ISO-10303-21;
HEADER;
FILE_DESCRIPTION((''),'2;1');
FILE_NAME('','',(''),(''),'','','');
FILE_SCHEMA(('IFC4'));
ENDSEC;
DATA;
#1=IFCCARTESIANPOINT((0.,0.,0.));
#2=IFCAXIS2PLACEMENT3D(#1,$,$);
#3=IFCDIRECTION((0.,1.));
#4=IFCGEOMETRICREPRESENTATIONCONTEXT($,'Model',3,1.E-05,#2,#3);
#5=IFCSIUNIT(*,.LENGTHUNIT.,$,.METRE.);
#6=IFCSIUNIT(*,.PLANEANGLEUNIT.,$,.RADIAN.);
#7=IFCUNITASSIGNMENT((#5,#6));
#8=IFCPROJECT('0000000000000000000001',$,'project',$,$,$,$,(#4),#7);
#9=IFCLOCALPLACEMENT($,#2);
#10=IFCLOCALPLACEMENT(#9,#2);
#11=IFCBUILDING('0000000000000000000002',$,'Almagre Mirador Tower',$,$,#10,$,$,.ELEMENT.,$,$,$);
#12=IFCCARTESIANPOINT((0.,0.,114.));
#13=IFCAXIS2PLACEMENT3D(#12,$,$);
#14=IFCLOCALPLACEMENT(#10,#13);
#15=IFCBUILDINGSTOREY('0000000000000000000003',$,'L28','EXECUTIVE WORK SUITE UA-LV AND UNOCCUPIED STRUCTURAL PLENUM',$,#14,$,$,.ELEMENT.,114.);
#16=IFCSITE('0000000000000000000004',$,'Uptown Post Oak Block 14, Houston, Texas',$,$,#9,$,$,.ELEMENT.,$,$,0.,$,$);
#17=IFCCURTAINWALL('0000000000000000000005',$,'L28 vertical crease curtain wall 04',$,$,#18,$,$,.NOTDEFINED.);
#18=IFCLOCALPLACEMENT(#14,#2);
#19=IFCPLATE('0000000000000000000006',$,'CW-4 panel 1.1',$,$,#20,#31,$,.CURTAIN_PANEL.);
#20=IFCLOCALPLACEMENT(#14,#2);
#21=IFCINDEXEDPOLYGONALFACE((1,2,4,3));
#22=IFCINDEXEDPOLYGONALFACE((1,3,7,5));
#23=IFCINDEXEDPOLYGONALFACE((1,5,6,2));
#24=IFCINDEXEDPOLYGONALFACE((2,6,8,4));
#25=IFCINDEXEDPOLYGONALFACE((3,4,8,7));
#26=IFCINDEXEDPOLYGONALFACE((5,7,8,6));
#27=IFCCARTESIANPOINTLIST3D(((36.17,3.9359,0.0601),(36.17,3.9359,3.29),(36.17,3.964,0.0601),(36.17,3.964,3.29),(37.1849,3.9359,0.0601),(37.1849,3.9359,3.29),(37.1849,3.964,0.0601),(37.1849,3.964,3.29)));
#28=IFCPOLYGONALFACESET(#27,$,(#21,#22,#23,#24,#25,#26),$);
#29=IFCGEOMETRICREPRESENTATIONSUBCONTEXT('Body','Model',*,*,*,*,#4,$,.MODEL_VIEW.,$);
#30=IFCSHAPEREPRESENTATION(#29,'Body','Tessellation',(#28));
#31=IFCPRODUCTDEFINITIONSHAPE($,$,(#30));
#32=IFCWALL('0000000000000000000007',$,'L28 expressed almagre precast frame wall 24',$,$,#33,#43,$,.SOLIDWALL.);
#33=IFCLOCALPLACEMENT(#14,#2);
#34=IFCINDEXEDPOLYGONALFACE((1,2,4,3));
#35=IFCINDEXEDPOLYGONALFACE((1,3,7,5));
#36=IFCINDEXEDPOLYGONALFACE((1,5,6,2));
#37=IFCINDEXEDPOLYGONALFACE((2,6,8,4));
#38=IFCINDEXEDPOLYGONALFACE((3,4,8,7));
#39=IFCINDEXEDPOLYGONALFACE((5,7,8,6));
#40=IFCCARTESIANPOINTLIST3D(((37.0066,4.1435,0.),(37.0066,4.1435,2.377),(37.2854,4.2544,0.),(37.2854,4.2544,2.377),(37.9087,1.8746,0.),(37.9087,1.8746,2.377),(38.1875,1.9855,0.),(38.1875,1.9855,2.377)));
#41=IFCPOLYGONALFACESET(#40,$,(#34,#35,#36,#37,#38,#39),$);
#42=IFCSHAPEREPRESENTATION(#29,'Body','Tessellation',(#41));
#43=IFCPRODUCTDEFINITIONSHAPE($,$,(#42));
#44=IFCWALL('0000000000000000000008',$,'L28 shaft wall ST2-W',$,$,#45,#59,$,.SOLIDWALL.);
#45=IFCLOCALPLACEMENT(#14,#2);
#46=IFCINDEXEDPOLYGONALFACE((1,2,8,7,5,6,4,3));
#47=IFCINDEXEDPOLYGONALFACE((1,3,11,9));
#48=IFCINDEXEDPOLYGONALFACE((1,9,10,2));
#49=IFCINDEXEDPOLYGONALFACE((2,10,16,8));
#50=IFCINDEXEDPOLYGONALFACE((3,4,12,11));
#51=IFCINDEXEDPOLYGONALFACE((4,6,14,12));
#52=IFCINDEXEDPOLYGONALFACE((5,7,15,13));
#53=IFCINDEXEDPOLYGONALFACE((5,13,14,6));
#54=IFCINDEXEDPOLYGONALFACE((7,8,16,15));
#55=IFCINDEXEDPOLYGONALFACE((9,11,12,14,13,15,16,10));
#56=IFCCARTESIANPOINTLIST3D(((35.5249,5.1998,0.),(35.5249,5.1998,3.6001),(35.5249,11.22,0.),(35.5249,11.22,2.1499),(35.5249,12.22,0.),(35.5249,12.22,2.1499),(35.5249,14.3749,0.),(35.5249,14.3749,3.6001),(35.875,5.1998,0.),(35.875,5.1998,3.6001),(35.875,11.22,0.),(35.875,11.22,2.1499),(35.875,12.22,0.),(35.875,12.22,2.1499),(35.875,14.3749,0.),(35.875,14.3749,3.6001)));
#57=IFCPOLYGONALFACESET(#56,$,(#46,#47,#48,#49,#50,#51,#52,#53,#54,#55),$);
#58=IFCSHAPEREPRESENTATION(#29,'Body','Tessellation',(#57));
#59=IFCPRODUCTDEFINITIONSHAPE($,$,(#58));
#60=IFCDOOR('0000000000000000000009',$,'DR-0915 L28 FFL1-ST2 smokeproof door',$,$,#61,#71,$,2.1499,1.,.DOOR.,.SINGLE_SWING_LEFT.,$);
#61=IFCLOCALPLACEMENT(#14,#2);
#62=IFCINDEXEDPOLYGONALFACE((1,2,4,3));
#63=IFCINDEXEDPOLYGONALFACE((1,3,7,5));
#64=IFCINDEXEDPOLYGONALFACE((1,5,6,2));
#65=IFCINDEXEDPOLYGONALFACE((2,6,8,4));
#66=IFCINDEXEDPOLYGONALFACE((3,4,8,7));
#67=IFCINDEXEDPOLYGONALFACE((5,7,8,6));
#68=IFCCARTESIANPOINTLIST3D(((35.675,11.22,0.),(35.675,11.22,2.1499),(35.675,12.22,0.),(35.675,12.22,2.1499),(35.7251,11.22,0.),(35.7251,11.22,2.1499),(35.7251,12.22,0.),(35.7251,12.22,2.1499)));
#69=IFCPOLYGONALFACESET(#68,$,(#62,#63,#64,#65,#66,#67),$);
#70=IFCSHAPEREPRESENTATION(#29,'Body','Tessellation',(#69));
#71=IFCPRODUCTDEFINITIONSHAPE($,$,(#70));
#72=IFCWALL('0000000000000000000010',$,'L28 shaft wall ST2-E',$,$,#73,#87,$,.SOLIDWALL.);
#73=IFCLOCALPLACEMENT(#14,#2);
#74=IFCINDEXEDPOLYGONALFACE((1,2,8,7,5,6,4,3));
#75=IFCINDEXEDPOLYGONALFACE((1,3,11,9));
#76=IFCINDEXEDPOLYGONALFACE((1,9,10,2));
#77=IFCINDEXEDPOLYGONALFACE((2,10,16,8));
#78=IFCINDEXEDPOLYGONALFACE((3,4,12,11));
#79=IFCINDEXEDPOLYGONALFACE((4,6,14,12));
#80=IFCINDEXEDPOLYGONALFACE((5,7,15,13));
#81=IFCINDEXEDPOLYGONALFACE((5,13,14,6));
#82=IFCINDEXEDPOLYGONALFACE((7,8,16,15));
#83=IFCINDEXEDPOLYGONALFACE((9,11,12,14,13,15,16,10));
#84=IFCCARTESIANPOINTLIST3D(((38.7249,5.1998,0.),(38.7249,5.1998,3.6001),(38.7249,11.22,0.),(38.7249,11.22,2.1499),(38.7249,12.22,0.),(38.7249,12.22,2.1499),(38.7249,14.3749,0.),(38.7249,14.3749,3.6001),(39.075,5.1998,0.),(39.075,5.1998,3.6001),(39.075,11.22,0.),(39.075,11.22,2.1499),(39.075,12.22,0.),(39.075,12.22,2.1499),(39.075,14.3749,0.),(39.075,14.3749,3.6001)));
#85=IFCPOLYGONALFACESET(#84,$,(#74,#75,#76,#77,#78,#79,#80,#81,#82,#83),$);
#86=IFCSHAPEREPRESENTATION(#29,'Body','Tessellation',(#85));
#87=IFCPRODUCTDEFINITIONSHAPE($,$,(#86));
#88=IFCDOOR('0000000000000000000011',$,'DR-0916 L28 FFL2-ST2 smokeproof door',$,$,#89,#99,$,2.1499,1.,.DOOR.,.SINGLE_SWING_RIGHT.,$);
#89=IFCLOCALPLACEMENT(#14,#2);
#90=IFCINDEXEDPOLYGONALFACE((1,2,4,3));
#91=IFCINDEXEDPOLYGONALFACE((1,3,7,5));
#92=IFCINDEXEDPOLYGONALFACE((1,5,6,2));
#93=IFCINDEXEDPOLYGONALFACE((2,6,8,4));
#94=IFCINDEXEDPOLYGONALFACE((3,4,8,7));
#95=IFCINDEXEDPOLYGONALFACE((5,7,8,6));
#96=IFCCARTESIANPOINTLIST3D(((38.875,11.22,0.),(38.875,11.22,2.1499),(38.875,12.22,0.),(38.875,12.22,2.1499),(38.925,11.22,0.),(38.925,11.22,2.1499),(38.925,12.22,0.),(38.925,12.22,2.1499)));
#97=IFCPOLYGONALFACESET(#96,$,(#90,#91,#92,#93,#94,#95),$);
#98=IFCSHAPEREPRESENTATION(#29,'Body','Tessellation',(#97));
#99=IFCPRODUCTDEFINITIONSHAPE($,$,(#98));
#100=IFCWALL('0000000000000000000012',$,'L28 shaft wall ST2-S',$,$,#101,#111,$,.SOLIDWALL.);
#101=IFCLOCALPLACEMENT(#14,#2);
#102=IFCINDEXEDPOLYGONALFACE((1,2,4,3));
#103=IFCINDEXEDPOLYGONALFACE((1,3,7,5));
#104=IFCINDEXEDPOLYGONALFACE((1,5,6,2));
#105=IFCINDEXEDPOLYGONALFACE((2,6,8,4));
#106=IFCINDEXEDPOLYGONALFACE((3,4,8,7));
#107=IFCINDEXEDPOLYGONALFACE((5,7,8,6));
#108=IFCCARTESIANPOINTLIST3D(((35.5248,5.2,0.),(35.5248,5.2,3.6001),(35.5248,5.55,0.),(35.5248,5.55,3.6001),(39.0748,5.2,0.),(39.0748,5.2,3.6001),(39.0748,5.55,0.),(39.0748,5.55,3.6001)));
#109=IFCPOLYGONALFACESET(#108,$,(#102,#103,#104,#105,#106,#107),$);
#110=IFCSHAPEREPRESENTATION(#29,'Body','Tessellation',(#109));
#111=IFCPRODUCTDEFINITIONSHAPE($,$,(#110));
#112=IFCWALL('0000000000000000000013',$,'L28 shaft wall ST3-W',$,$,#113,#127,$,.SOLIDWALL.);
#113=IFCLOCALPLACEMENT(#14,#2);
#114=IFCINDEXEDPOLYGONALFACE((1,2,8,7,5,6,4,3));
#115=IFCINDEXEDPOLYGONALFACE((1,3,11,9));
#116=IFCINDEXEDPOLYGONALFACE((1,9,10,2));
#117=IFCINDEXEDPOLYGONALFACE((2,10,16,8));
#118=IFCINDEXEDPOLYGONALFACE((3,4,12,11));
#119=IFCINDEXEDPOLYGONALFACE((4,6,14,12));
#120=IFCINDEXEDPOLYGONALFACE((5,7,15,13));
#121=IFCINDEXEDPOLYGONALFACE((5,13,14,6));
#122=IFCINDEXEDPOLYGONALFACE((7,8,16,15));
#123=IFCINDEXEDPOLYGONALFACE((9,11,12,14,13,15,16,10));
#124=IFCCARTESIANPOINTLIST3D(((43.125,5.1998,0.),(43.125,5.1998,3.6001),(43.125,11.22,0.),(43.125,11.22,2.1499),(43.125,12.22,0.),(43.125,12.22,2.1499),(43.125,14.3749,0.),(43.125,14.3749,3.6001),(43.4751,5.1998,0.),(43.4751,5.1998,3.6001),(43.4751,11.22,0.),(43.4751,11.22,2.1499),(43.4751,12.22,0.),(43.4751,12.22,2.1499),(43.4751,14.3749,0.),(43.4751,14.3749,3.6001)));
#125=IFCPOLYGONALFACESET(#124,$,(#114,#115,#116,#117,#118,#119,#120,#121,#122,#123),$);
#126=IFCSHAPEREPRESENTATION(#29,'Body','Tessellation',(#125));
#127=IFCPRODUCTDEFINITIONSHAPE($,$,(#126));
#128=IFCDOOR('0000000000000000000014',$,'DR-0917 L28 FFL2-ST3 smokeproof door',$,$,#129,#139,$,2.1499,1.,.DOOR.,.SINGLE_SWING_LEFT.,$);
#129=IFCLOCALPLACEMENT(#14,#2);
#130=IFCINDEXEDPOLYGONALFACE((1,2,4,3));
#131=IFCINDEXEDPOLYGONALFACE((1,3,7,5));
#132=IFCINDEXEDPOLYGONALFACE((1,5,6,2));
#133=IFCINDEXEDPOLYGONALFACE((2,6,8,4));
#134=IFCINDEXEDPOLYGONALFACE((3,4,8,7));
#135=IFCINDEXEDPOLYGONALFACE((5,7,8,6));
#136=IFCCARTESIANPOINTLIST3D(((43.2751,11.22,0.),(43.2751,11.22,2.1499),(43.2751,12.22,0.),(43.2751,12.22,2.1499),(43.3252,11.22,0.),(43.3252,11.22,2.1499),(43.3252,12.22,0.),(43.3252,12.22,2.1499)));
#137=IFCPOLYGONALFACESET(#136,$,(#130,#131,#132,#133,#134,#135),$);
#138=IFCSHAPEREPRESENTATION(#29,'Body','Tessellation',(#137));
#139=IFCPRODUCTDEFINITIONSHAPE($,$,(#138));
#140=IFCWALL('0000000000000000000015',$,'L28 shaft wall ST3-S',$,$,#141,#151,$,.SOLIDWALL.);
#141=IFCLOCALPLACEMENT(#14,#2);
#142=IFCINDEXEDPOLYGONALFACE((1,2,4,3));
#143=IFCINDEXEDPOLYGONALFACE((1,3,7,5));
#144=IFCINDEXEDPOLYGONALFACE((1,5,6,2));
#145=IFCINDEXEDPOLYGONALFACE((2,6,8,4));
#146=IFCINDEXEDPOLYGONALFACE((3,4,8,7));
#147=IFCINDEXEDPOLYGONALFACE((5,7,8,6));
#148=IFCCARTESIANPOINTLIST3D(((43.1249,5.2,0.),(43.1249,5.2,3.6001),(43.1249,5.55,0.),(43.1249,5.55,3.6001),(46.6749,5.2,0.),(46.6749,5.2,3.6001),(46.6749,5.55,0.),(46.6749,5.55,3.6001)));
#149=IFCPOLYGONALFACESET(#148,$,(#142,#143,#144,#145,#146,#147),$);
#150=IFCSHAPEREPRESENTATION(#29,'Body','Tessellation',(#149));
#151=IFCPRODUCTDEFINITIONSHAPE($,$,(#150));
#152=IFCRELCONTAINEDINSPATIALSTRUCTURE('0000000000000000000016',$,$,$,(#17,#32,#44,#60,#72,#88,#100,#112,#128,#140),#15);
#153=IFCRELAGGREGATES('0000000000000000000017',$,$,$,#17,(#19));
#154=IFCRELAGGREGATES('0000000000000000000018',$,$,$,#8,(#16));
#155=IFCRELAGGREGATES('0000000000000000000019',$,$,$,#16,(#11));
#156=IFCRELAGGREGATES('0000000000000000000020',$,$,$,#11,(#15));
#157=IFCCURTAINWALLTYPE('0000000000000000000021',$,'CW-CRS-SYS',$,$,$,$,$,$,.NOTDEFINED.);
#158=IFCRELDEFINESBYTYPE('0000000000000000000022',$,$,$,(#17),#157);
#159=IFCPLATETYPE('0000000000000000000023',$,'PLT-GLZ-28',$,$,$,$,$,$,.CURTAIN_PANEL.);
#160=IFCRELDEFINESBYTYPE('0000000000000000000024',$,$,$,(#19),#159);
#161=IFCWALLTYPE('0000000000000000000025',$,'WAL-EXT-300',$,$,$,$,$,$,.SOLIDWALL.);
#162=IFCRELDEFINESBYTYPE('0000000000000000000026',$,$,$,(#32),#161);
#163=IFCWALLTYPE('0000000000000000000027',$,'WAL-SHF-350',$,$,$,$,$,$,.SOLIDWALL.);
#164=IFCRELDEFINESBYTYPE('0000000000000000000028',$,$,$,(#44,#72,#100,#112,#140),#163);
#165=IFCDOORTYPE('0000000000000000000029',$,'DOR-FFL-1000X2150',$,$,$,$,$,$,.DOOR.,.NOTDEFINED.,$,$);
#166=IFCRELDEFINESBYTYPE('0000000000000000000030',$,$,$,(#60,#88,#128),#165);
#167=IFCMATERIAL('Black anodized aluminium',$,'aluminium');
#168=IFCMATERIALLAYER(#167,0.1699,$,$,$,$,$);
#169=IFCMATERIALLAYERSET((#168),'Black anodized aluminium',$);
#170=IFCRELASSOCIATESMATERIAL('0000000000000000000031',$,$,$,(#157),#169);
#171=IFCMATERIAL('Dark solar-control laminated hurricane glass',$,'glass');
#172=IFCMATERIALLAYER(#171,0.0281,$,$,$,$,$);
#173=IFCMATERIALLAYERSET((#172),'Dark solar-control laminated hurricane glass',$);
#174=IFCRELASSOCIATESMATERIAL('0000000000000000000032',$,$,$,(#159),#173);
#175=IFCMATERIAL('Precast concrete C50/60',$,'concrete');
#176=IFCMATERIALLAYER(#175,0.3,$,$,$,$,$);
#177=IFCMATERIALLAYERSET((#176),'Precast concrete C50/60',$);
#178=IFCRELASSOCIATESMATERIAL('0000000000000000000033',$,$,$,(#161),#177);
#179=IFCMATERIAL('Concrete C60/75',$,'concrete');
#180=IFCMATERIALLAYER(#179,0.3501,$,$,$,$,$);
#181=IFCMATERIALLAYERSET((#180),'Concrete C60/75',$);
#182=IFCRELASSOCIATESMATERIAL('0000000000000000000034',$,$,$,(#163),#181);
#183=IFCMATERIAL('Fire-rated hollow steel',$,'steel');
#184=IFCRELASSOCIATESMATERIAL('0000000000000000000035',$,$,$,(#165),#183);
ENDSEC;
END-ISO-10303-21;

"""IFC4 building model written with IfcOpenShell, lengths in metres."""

from ifc_helpers import new_model, si_unit, direction, frame, frame_2d, origin, origin_2d, place, context, subcontext, project, spatial, rectangle, extrude, material, layer, layer_set, type_object, element, fill, aggregate, save


model = new_model("IFC4")

# Units and contexts
model_context = context("Model", 3, precision=1e-05, world=origin(), true_north=direction((0.0, 1.0)))
body_context = subcontext(model_context, "Body", "Model", "MODEL_VIEW")
ifc_project = project(units=[si_unit("LENGTHUNIT", "METRE"), si_unit("PLANEANGLEUNIT", "RADIAN")], contexts=[model_context])

# Site, building, storey
site_placement = place(None, origin())
site = spatial("IfcSite", under=ifc_project, at=site_placement, Name="Uptown Post Oak Block 14, Houston, Texas", CompositionType="ELEMENT", RefElevation=0.0)
building_placement = place(site_placement, origin())
building = spatial("IfcBuilding", under=site, at=building_placement, Name="Almagre Mirador Tower", CompositionType="ELEMENT")
storey_placement = place(building_placement, frame((0.0, 0.0, 114.0)))
storey = spatial("IfcBuildingStorey", under=building, at=storey_placement, Name="L28", Description="EXECUTIVE WORK SUITE UA-LV AND UNOCCUPIED STRUCTURAL PLENUM", CompositionType="ELEMENT", Elevation=114.0)

# Curtain wall, plate
ifc_material_1 = material(Name="Black anodized aluminium", Category="aluminium")
ifc_layer_1 = layer(ifc_material_1, 0.1699)
ifc_layer_set_1 = layer_set([ifc_layer_1], Name="Black anodized aluminium")
curtain_wall_type = type_object("IfcCurtainWallType", Name="CW-CRS-SYS", PredefinedType="NOTDEFINED", material=ifc_layer_set_1)
curtain_wall_placement = place(storey_placement, origin())
curtain_wall = element("IfcCurtainWall", 1, at=curtain_wall_placement, inside=storey, type_object=curtain_wall_type, Name="L28 vertical crease curtain wall 04", PredefinedType="NOTDEFINED")
ifc_material_2 = material(Name="Dark solar-control laminated hurricane glass", Category="glass")
ifc_layer_2 = layer(ifc_material_2, 0.0281)
ifc_layer_set_2 = layer_set([ifc_layer_2], Name="Dark solar-control laminated hurricane glass")
plate_type = type_object("IfcPlateType", Name="PLT-GLZ-28", PredefinedType="CURTAIN_PANEL", material=ifc_layer_set_2)
plate_placement = place(storey_placement, frame((36.6775, 3.95, 0.0601), z_axis=(0.0, 0.0, 1.0), x_axis=(-1.0, 0.0, 0.0)))
plate = element("IfcPlate", 2, at=plate_placement, type_object=plate_type, Name="CW-4 panel 1.1", PredefinedType="CURTAIN_PANEL", context=body_context, shape_type="SweptSolid", body=[
    extrude(rectangle(XDim=1.0149, YDim=0.0281, at=origin_2d()), origin(), (0.0, 0.0, 1.0), 3.23),
])
aggregate(curtain_wall, [plate])

# Wall
ifc_material_3 = material(Name="Precast concrete C50/60", Category="concrete")
ifc_layer_3 = layer(ifc_material_3, 0.3)
ifc_layer_set_3 = layer_set([ifc_layer_3], Name="Precast concrete C50/60")
wall_type_1 = type_object("IfcWallType", Name="WAL-EXT-300", PredefinedType="SOLIDWALL", material=ifc_layer_set_3)
wall_1_placement = place(storey_placement, frame((38.0481, 1.9302, 0.0), z_axis=(0.0, 0.0, 1.0), x_axis=(-0.369476, 0.92924, 0.0)))
element("IfcWall", 3, at=wall_1_placement, inside=storey, type_object=wall_type_1, Name="L28 expressed almagre precast frame wall 24", PredefinedType="SOLIDWALL", context=body_context, shape_type="SweptSolid", body=[
    extrude(rectangle(XDim=2.4417, YDim=0.3, at=frame_2d((1.2207, 0.0))), origin(), (0.0, 0.0, 1.0), 2.377),
])

# Walls, openings, doors
ifc_material_4 = material(Name="Concrete C60/75", Category="concrete")
ifc_layer_4 = layer(ifc_material_4, 0.3501)
ifc_layer_set_4 = layer_set([ifc_layer_4], Name="Concrete C60/75")
wall_type_2 = type_object("IfcWallType", Name="WAL-SHF-350", PredefinedType="SOLIDWALL", material=ifc_layer_set_4)
wall_2_placement = place(storey_placement, frame((35.7, 5.2, 0.0), z_axis=(0.0, 0.0, 1.0), x_axis=(0.0, 1.0, 0.0)))
wall_2 = element("IfcWall", 4, at=wall_2_placement, inside=storey, type_object=wall_type_2, Name="L28 shaft wall ST2-W", PredefinedType="SOLIDWALL", context=body_context, shape_type="SweptSolid", body=[
    extrude(rectangle(XDim=9.175, YDim=0.3501, at=frame_2d((4.5874, 0.0))), origin(), (0.0, 0.0, 1.0), 3.6001),
])
opening_1_placement = place(wall_2_placement, frame((6.02, 0.0, 0.0)))
opening_1 = element("IfcOpeningElement", 5, at=opening_1_placement, cuts=wall_2, PredefinedType="OPENING", context=body_context, shape_type="SweptSolid", body=[
    extrude(rectangle(XDim=1.0, YDim=2.1499, at=frame_2d((0.5, 1.075))), frame((0.0, 0.185, 0.0), z_axis=(0.0, -1.0, 0.0), x_axis=(1.0, 0.0, 0.0)), (0.0, 0.0, 1.0), 0.3701),
])
ifc_material_5 = material(Name="Fire-rated hollow steel", Category="steel")
door_type_1 = type_object("IfcDoorType", Name="DOR-FFL-1000X2150", OperationType="NOTDEFINED", PredefinedType="DOOR", material=ifc_material_5)
door_1_placement = place(opening_1_placement, origin())
door_1 = element("IfcDoor", 6, at=door_1_placement, inside=storey, type_object=door_type_1, Name="DR-0915 L28 FFL1-ST2 smokeproof door", OperationType="SINGLE_SWING_LEFT", OverallHeight=2.1499, OverallWidth=1.0, PredefinedType="DOOR", context=body_context, shape_type="SweptSolid", body=[
    extrude(rectangle(XDim=1.0, YDim=2.1499, at=frame_2d((0.5, 1.075))), frame((0.0, 0.0249, 0.0), z_axis=(0.0, -1.0, 0.0), x_axis=(1.0, 0.0, 0.0)), (0.0, 0.0, 1.0), 0.05),
])
fill(opening_1, door_1)
wall_3_placement = place(storey_placement, frame((38.8999, 5.2, 0.0), z_axis=(0.0, 0.0, 1.0), x_axis=(0.0, 1.0, 0.0)))
wall_3 = element("IfcWall", 7, at=wall_3_placement, inside=storey, type_object=wall_type_2, Name="L28 shaft wall ST2-E", PredefinedType="SOLIDWALL", context=body_context, shape_type="SweptSolid", body=[
    extrude(rectangle(XDim=9.175, YDim=0.3501, at=frame_2d((4.5874, 0.0))), origin(), (0.0, 0.0, 1.0), 3.6001),
])
opening_2_placement = place(wall_3_placement, frame((6.02, 0.0, 0.0)))
opening_2 = element("IfcOpeningElement", 8, at=opening_2_placement, cuts=wall_3, PredefinedType="OPENING", context=body_context, shape_type="SweptSolid", body=[
    extrude(rectangle(XDim=1.0, YDim=2.1499, at=frame_2d((0.5, 1.075))), frame((0.0, 0.185, 0.0), z_axis=(0.0, -1.0, 0.0), x_axis=(1.0, 0.0, 0.0)), (0.0, 0.0, 1.0), 0.3701),
])
door_2_placement = place(opening_2_placement, origin())
door_2 = element("IfcDoor", 9, at=door_2_placement, inside=storey, type_object=door_type_1, Name="DR-0916 L28 FFL2-ST2 smokeproof door", OperationType="SINGLE_SWING_RIGHT", OverallHeight=2.1499, OverallWidth=1.0, PredefinedType="DOOR", context=body_context, shape_type="SweptSolid", body=[
    extrude(rectangle(XDim=1.0, YDim=2.1499, at=frame_2d((0.5, 1.075))), frame((0.0, 0.0249, 0.0), z_axis=(0.0, -1.0, 0.0), x_axis=(1.0, 0.0, 0.0)), (0.0, 0.0, 1.0), 0.05),
])
fill(opening_2, door_2)

# Wall
wall_4_placement = place(storey_placement, frame((35.5249, 5.375, 0.0), z_axis=(0.0, 0.0, 1.0), x_axis=(1.0, 0.0, 0.0)))
element("IfcWall", 10, at=wall_4_placement, inside=storey, type_object=wall_type_2, Name="L28 shaft wall ST2-S", PredefinedType="SOLIDWALL", context=body_context, shape_type="SweptSolid", body=[
    extrude(rectangle(XDim=3.55, YDim=0.3501, at=frame_2d((1.7749, 0.0))), origin(), (0.0, 0.0, 1.0), 3.6001),
])

# Wall, opening, door
wall_5_placement = place(storey_placement, frame((43.3, 5.2, 0.0), z_axis=(0.0, 0.0, 1.0), x_axis=(0.0, 1.0, 0.0)))
wall_5 = element("IfcWall", 11, at=wall_5_placement, inside=storey, type_object=wall_type_2, Name="L28 shaft wall ST3-W", PredefinedType="SOLIDWALL", context=body_context, shape_type="SweptSolid", body=[
    extrude(rectangle(XDim=9.175, YDim=0.3501, at=frame_2d((4.5874, 0.0))), origin(), (0.0, 0.0, 1.0), 3.6001),
])
opening_3_placement = place(wall_5_placement, frame((6.02, 0.0, 0.0)))
opening_3 = element("IfcOpeningElement", 12, at=opening_3_placement, cuts=wall_5, PredefinedType="OPENING", context=body_context, shape_type="SweptSolid", body=[
    extrude(rectangle(XDim=1.0, YDim=2.1499, at=frame_2d((0.5, 1.075))), frame((0.0, 0.185, 0.0), z_axis=(0.0, -1.0, 0.0), x_axis=(1.0, 0.0, 0.0)), (0.0, 0.0, 1.0), 0.3701),
])
door_3_placement = place(opening_3_placement, origin())
door_3 = element("IfcDoor", 13, at=door_3_placement, inside=storey, type_object=door_type_1, Name="DR-0917 L28 FFL2-ST3 smokeproof door", OperationType="SINGLE_SWING_LEFT", OverallHeight=2.1499, OverallWidth=1.0, PredefinedType="DOOR", context=body_context, shape_type="SweptSolid", body=[
    extrude(rectangle(XDim=1.0, YDim=2.1499, at=frame_2d((0.5, 1.075))), frame((0.0, 0.0249, 0.0), z_axis=(0.0, -1.0, 0.0), x_axis=(1.0, 0.0, 0.0)), (0.0, 0.0, 1.0), 0.05),
])
fill(opening_3, door_3)

# Wall
wall_6_placement = place(storey_placement, frame((43.125, 5.375, 0.0), z_axis=(0.0, 0.0, 1.0), x_axis=(1.0, 0.0, 0.0)))
element("IfcWall", 14, at=wall_6_placement, inside=storey, type_object=wall_type_2, Name="L28 shaft wall ST3-S", PredefinedType="SOLIDWALL", context=body_context, shape_type="SweptSolid", body=[
    extrude(rectangle(XDim=3.55, YDim=0.3501, at=frame_2d((1.7749, 0.0))), origin(), (0.0, 0.0, 1.0), 3.6001),
])

save(model, "model.ifc")
